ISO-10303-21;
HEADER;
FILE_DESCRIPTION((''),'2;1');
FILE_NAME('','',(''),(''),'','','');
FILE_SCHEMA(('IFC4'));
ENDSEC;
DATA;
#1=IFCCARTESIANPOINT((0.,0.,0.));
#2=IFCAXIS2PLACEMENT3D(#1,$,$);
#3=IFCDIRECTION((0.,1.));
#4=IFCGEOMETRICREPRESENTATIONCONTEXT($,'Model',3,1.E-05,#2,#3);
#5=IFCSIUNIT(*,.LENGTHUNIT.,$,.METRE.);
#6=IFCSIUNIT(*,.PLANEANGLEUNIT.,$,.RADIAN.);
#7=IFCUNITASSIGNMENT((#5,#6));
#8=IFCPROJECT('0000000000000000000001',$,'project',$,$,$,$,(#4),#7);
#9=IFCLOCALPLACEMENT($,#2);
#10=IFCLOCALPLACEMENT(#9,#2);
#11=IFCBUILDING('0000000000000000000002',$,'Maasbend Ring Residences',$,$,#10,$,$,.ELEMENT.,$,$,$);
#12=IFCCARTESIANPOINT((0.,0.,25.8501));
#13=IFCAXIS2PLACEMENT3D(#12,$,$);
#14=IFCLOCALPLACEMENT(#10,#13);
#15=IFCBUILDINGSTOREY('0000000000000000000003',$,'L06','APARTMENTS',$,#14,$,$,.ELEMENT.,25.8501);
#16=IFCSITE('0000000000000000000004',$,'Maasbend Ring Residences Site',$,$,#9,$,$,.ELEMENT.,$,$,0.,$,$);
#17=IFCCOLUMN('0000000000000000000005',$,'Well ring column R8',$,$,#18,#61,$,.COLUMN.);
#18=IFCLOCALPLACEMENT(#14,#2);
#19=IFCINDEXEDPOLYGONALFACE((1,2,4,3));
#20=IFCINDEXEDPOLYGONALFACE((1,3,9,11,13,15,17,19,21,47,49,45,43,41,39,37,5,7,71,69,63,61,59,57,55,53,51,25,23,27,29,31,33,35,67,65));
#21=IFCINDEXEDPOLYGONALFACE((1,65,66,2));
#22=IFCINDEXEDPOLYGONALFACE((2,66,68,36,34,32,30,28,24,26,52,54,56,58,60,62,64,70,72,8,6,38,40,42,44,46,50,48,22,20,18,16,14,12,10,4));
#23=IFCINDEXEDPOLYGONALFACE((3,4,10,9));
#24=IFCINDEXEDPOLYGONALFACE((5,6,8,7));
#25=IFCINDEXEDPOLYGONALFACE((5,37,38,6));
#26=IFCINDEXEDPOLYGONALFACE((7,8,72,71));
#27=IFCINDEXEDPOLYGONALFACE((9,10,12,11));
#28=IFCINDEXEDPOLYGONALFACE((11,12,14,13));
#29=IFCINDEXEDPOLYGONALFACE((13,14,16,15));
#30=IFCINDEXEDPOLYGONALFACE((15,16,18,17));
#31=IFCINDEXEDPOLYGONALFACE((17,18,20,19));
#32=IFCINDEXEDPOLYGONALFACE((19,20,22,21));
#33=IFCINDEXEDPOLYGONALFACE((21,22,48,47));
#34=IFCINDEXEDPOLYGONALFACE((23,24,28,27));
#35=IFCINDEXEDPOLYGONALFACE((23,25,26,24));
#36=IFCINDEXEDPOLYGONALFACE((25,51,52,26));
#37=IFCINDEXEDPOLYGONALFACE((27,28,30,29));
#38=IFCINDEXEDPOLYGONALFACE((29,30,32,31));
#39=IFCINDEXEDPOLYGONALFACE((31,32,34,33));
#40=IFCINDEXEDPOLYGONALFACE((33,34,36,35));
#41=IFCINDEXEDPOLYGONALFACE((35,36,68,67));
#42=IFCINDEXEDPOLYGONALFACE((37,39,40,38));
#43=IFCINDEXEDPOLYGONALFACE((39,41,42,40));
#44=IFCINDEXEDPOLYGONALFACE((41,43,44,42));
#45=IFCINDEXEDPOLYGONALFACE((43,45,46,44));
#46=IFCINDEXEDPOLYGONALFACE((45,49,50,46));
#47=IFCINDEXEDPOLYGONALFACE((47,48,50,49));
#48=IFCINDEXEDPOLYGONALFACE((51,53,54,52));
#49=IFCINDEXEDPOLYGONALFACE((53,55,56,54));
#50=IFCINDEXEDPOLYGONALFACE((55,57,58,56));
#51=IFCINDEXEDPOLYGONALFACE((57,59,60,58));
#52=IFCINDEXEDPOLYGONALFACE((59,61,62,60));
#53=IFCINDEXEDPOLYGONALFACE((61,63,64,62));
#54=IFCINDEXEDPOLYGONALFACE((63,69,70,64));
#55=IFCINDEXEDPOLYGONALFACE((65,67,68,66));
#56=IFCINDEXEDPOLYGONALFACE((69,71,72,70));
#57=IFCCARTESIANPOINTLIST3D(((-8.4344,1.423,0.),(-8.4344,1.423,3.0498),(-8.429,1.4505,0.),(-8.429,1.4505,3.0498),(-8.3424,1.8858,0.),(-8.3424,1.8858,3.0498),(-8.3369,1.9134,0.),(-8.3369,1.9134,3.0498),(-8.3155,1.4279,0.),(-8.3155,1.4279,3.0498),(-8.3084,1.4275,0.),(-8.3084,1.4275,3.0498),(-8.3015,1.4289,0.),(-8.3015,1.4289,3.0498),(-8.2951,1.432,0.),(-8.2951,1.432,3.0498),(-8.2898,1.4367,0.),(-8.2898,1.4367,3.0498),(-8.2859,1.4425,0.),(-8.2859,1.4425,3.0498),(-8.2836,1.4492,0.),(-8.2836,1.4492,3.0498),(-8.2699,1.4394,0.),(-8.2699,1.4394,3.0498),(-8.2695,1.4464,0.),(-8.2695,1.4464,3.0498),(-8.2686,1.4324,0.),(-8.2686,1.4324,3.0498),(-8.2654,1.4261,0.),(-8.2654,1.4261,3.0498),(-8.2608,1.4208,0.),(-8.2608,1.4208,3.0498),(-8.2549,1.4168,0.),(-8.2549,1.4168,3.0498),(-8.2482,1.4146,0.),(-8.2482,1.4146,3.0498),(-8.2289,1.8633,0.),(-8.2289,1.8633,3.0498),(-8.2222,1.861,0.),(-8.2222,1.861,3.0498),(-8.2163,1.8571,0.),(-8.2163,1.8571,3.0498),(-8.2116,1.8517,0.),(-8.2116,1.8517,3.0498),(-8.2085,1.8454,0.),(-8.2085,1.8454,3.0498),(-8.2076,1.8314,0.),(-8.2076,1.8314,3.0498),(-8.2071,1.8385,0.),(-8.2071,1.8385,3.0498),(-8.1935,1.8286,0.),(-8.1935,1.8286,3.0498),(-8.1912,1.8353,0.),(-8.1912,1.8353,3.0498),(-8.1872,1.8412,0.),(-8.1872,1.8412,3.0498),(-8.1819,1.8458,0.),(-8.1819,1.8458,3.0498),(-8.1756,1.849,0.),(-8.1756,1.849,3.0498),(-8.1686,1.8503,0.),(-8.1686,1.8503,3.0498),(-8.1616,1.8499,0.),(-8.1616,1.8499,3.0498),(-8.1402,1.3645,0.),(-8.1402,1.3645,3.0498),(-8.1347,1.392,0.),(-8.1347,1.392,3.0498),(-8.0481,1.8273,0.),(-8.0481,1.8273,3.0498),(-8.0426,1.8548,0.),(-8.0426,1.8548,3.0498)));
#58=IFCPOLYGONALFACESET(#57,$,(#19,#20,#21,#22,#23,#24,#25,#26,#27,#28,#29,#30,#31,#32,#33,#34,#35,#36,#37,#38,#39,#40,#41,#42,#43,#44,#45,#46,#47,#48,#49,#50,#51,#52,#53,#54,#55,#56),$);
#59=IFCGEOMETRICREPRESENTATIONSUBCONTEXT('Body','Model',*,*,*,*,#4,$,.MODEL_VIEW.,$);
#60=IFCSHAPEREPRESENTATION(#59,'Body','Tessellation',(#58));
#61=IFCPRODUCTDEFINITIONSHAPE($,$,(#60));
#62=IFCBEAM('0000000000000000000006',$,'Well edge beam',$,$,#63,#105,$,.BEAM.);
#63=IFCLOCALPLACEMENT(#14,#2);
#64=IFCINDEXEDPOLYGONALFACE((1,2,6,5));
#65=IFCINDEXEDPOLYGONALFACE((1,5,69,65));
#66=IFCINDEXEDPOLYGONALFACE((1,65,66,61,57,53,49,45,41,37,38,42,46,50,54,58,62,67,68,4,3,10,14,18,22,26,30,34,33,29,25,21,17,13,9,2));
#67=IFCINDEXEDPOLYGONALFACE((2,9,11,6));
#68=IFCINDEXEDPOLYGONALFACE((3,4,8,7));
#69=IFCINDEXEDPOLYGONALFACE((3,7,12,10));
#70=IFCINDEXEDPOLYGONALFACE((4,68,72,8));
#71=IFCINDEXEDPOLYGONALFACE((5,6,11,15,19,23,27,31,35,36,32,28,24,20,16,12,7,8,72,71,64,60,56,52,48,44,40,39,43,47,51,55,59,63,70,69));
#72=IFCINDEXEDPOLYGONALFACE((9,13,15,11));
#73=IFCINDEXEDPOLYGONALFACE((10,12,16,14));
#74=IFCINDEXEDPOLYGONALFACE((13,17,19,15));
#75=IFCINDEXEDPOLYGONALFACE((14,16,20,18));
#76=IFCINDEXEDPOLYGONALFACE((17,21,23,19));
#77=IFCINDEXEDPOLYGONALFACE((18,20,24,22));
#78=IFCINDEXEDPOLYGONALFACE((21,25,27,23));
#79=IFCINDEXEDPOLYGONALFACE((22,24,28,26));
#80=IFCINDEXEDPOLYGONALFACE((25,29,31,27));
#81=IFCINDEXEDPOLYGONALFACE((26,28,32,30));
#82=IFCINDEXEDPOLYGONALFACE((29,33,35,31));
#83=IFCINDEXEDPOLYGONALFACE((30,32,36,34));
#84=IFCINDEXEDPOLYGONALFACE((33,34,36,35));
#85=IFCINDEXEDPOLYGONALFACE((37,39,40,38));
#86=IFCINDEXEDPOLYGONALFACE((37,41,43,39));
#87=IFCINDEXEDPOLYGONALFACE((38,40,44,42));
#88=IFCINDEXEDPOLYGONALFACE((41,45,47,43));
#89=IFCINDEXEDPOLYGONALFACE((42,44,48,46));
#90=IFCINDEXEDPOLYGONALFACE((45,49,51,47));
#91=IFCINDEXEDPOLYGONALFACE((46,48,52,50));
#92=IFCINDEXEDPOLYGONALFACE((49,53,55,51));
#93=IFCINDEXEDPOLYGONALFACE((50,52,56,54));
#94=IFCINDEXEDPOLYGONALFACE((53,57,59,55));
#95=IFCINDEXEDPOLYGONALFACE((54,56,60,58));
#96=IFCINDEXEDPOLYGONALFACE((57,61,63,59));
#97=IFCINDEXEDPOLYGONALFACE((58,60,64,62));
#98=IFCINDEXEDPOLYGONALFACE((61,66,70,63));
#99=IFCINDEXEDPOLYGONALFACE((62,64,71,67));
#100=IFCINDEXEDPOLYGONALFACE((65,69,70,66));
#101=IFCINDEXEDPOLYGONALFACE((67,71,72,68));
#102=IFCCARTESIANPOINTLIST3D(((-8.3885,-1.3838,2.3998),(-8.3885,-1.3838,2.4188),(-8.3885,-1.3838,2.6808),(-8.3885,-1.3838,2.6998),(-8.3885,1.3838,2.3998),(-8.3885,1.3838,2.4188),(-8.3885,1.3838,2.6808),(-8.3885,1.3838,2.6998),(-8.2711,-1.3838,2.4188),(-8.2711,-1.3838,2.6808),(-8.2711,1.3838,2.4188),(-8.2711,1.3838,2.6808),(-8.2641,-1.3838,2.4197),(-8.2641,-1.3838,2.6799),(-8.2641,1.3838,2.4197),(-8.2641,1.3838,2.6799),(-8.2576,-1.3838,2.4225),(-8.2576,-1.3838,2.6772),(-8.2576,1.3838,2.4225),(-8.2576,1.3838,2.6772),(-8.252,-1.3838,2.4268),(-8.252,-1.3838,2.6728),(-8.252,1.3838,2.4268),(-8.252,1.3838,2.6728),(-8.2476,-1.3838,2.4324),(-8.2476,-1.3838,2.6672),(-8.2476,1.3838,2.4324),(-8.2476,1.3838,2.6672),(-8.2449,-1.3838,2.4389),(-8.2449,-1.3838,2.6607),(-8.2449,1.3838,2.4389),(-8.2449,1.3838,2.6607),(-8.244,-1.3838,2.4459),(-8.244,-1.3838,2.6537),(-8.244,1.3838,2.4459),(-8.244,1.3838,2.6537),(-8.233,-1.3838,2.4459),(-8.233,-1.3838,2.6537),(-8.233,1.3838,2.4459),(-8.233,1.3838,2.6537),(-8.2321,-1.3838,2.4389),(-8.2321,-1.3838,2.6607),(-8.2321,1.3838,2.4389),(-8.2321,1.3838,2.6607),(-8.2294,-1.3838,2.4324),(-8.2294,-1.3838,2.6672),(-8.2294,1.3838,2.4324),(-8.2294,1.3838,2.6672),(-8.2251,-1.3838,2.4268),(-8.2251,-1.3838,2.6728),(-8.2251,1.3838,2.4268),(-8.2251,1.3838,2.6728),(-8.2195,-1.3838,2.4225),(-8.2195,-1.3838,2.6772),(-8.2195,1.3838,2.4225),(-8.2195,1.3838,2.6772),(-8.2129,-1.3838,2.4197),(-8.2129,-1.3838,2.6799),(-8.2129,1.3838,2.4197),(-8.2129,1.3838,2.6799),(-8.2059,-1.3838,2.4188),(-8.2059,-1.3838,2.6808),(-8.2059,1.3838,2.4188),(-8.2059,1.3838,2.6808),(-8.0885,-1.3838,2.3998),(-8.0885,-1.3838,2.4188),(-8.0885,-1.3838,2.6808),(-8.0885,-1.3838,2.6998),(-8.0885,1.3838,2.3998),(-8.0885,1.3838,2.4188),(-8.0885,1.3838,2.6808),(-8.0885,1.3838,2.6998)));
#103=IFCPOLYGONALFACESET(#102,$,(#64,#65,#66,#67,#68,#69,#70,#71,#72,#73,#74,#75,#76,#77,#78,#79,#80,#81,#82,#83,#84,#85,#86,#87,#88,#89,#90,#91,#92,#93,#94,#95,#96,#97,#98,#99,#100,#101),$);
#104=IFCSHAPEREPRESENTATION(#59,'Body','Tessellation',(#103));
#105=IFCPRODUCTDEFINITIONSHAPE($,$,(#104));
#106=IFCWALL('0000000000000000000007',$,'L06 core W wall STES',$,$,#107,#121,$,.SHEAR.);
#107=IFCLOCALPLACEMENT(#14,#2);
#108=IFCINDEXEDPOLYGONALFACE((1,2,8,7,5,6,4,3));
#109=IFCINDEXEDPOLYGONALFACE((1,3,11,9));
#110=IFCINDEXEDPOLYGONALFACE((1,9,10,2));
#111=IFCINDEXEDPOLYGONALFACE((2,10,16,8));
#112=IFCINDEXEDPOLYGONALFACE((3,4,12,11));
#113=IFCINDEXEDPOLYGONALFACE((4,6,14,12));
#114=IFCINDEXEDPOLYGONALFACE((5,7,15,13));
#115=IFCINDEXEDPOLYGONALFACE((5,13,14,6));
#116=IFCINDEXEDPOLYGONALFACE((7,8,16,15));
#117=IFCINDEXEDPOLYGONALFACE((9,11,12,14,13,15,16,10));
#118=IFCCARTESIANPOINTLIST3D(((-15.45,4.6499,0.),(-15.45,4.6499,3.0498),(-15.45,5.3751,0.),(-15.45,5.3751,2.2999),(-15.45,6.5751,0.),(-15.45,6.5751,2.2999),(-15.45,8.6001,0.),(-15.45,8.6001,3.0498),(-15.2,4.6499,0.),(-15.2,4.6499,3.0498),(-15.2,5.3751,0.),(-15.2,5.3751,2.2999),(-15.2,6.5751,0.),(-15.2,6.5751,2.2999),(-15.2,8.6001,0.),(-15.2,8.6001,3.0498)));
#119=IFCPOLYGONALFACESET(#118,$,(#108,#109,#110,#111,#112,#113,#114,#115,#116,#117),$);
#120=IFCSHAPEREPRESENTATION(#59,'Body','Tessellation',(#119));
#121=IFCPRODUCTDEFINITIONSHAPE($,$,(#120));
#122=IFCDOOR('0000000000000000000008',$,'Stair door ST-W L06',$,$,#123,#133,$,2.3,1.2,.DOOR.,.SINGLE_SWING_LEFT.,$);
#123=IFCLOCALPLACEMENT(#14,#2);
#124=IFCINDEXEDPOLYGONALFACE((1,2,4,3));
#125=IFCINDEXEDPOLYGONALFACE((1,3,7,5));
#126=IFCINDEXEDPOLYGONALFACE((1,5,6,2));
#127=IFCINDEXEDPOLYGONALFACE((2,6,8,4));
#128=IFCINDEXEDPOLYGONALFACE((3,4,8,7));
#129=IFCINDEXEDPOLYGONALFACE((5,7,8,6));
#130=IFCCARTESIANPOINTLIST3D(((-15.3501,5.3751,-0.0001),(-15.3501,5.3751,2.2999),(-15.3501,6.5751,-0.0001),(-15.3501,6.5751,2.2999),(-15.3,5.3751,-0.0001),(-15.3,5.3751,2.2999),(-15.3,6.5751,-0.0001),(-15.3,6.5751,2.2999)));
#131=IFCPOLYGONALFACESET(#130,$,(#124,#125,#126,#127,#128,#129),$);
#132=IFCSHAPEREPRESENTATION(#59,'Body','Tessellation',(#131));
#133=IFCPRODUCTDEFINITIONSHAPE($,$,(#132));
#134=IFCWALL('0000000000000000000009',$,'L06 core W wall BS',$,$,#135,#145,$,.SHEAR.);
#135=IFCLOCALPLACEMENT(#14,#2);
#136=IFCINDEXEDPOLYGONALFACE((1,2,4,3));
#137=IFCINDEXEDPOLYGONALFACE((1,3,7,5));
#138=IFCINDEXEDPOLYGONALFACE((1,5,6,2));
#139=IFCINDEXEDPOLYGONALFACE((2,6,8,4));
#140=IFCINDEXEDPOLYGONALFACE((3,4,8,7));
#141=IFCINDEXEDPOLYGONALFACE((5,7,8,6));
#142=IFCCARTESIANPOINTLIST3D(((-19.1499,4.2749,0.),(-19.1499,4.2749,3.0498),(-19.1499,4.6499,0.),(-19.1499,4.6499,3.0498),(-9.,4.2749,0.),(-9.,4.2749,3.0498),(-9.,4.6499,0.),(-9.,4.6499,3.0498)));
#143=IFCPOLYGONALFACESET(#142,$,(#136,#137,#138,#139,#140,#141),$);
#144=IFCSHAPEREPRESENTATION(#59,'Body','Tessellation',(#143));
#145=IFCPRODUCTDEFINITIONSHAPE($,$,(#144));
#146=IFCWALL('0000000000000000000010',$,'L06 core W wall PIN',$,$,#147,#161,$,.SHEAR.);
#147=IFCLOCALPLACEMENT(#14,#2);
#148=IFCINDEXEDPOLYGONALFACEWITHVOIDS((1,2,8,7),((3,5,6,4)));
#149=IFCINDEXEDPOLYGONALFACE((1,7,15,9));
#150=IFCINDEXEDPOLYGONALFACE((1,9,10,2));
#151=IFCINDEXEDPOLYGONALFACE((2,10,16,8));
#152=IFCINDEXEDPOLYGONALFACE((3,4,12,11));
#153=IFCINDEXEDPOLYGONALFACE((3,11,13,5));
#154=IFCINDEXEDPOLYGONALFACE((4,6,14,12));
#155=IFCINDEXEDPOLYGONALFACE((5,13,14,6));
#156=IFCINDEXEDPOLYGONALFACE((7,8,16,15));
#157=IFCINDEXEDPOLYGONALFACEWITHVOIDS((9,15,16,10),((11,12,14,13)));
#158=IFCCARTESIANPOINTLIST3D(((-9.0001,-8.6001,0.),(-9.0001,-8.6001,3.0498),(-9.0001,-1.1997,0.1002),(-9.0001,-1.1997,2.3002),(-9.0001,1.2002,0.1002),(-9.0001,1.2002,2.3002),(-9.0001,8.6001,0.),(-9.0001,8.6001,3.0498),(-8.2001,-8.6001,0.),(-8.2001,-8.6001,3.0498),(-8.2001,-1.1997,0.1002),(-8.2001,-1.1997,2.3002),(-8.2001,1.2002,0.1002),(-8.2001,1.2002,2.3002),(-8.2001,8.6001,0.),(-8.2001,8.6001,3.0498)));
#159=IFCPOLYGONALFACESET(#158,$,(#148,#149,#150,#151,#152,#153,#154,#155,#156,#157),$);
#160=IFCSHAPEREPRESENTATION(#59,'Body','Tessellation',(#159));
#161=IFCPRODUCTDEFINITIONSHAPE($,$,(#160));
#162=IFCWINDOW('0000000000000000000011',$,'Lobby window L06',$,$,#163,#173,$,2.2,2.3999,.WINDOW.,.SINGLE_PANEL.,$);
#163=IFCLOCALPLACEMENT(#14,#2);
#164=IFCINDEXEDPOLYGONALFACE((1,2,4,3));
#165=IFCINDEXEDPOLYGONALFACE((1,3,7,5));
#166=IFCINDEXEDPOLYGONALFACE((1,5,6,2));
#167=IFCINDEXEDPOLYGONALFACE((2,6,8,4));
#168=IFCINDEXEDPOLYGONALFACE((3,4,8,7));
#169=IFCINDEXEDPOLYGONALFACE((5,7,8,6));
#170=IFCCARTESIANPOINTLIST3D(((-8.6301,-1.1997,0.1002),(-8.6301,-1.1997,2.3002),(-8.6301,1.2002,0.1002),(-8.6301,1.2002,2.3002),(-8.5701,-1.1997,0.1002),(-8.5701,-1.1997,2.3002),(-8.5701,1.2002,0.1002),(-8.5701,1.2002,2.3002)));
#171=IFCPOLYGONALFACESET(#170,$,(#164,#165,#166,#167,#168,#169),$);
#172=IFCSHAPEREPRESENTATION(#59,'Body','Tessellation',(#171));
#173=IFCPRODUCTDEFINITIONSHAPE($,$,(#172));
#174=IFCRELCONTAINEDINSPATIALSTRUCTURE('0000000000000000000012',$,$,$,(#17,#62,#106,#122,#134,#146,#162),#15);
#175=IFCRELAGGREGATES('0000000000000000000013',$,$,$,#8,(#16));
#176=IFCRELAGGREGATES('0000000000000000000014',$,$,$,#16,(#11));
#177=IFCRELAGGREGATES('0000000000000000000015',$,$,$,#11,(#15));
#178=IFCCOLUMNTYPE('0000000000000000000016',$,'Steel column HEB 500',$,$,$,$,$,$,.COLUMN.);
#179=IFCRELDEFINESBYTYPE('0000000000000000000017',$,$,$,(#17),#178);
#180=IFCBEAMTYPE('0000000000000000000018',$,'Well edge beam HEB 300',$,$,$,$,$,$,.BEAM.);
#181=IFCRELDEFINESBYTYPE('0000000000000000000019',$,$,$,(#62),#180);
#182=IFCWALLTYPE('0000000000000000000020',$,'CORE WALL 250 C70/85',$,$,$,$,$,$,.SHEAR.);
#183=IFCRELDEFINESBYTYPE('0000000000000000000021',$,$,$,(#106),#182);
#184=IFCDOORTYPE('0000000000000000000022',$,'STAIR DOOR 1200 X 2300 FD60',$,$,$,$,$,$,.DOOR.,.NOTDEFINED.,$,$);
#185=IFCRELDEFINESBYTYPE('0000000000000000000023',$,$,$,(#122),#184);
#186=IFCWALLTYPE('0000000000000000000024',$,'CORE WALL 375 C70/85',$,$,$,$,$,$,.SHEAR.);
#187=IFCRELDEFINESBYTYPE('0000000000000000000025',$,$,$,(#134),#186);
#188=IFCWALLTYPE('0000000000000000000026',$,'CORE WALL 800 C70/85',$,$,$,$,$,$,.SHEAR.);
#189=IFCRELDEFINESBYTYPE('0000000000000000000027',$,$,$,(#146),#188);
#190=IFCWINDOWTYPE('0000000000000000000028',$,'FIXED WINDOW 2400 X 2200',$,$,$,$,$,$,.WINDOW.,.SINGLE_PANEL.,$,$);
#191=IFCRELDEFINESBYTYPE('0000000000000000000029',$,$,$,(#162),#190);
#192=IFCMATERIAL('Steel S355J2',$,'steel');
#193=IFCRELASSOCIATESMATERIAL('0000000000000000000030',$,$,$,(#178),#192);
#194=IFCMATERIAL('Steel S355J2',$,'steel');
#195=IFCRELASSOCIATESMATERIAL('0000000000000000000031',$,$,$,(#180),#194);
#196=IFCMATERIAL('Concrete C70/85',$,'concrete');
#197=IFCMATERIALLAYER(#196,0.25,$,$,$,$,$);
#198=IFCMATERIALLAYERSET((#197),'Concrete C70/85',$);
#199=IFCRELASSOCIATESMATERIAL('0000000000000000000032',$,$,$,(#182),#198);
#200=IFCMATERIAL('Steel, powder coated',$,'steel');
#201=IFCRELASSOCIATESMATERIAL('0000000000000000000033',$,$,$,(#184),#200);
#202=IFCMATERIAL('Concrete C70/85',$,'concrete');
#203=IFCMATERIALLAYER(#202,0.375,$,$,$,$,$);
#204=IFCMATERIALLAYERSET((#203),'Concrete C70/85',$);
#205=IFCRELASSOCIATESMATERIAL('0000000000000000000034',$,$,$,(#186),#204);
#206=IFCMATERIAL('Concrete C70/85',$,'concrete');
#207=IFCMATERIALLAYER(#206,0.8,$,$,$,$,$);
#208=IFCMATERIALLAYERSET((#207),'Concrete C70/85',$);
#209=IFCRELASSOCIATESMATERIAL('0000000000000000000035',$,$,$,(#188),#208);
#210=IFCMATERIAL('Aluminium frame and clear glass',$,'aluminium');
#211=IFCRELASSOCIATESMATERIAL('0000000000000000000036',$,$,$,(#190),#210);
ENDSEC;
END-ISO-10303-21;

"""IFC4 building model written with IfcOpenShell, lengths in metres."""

from ifc_helpers import new_model, si_unit, direction, frame, frame_2d, origin, origin_2d, place, context, subcontext, project, spatial, rectangle, i_section, extrude, material, layer, layer_set, material_profile, profile_set, type_object, element, fill, save


model = new_model("IFC4")

# Units and contexts
model_context = context("Model", 3, precision=1e-05, world=origin(), true_north=direction((0.0, 1.0)))
body_context = subcontext(model_context, "Body", "Model", "MODEL_VIEW")
ifc_project = project(units=[si_unit("LENGTHUNIT", "METRE"), si_unit("PLANEANGLEUNIT", "RADIAN")], contexts=[model_context])

# Site, building, storey
site_placement = place(None, origin())
site = spatial("IfcSite", under=ifc_project, at=site_placement, Name="Maasbend Ring Residences Site", CompositionType="ELEMENT", RefElevation=0.0)
building_placement = place(site_placement, origin())
building = spatial("IfcBuilding", under=site, at=building_placement, Name="Maasbend Ring Residences", CompositionType="ELEMENT")
storey_placement = place(building_placement, frame((0.0, 0.0, 25.8501)))
storey = spatial("IfcBuildingStorey", under=building, at=storey_placement, Name="L06", Description="APARTMENTS", CompositionType="ELEMENT", Elevation=25.8501)

# Column
ifc_material_1 = material(Name="Steel S355J2", Category="steel")
ifc_material_profile_1 = material_profile(ifc_material_1, i_section(OverallWidth=0.3, OverallDepth=0.5, WebThickness=0.0144, FlangeThickness=0.0281, FilletRadius=0.0271, at=origin_2d()), Name="HEB 500")
ifc_profile_set_1 = profile_set([ifc_material_profile_1], Name="Steel S355J2")
column_type = type_object("IfcColumnType", Name="Steel column HEB 500", PredefinedType="COLUMN", material=ifc_profile_set_1)
column_placement = place(storey_placement, frame((-8.2385, 1.6389, 0.0), z_axis=(0.0, 0.0, 1.0), x_axis=(-0.980785, 0.19509, 0.0)))
element("IfcColumn", 1, at=column_placement, inside=storey, type_object=column_type, Name="Well ring column R8", PredefinedType="COLUMN", context=body_context, shape_type="SweptSolid", body=[
    extrude(i_section(OverallWidth=0.3, OverallDepth=0.5, WebThickness=0.0144, FlangeThickness=0.0281, FilletRadius=0.0271, at=origin_2d()), origin(), (0.0, 0.0, 1.0), 3.0498),
])

# Beam
ifc_material_2 = material(Name="Steel S355J2", Category="steel")
ifc_material_profile_2 = material_profile(ifc_material_2, i_section(OverallWidth=0.3, OverallDepth=0.3, WebThickness=0.011, FlangeThickness=0.019, FilletRadius=0.0271, at=origin_2d()), Name="HEB 300")
ifc_profile_set_2 = profile_set([ifc_material_profile_2], Name="Steel S355J2")
beam_type = type_object("IfcBeamType", Name="Well edge beam HEB 300", PredefinedType="BEAM", material=ifc_profile_set_2)
beam_placement = place(storey_placement, frame((-8.2385, 1.3838, 2.5498), z_axis=(0.0, -1.0, 0.0), x_axis=(1.0, 0.0, 0.0)))
element("IfcBeam", 2, at=beam_placement, inside=storey, type_object=beam_type, Name="Well edge beam", PredefinedType="BEAM", context=body_context, shape_type="SweptSolid", body=[
    extrude(i_section(OverallWidth=0.3, OverallDepth=0.3, WebThickness=0.011, FlangeThickness=0.019, FilletRadius=0.0271, at=origin_2d()), origin(), (0.0, 0.0, 1.0), 2.7676),
])

# Wall, opening, door
ifc_material_3 = material(Name="Concrete C70/85", Category="concrete")
ifc_layer_1 = layer(ifc_material_3, 0.25)
ifc_layer_set_1 = layer_set([ifc_layer_1], Name="Concrete C70/85")
wall_type_1 = type_object("IfcWallType", Name="CORE WALL 250 C70/85", PredefinedType="SHEAR", material=ifc_layer_set_1)
wall_1_placement = place(storey_placement, frame((-15.325, 8.6001, 0.0), z_axis=(0.0, 0.0, 1.0), x_axis=(0.0, -1.0, 0.0)))
wall_1 = element("IfcWall", 3, at=wall_1_placement, inside=storey, type_object=wall_type_1, Name="L06 core W wall STES", PredefinedType="SHEAR", context=body_context, shape_type="SweptSolid", body=[
    extrude(rectangle(XDim=3.9502, YDim=0.25, at=frame_2d((1.9751, 0.0))), origin(), (0.0, 0.0, 1.0), 3.0498),
])
opening_1_placement = place(wall_1_placement, frame((2.0249, 0.0, 0.0)))
opening_1 = element("IfcOpeningElement", 4, at=opening_1_placement, cuts=wall_1, PredefinedType="OPENING", context=body_context, shape_type="SweptSolid", body=[
    extrude(rectangle(XDim=1.2, YDim=2.3, at=frame_2d((0.6001, 1.1499))), frame((0.0, 0.135, 0.0), z_axis=(0.0, -1.0, 0.0), x_axis=(1.0, 0.0, 0.0)), (0.0, 0.0, 1.0), 0.27),
])
ifc_material_4 = material(Name="Steel, powder coated", Category="steel")
door_type_1 = type_object("IfcDoorType", Name="STAIR DOOR 1200 X 2300 FD60", OperationType="NOTDEFINED", PredefinedType="DOOR", material=ifc_material_4)
door_1_placement = place(opening_1_placement, origin())
door_1 = element("IfcDoor", 5, at=door_1_placement, inside=storey, type_object=door_type_1, Name="Stair door ST-W L06", OperationType="SINGLE_SWING_LEFT", OverallHeight=2.3, OverallWidth=1.2, PredefinedType="DOOR", context=body_context, shape_type="SweptSolid", body=[
    extrude(rectangle(XDim=1.2, YDim=2.3, at=frame_2d((0.6001, 1.1499))), frame((0.0, 0.0249, 0.0), z_axis=(0.0, -1.0, 0.0), x_axis=(1.0, 0.0, 0.0)), (0.0, 0.0, 1.0), 0.05),
])
fill(opening_1, door_1)

# Wall
ifc_material_5 = material(Name="Concrete C70/85", Category="concrete")
ifc_layer_2 = layer(ifc_material_5, 0.375)
ifc_layer_set_2 = layer_set([ifc_layer_2], Name="Concrete C70/85")
wall_type_2 = type_object("IfcWallType", Name="CORE WALL 375 C70/85", PredefinedType="SHEAR", material=ifc_layer_set_2)
wall_2_placement = place(storey_placement, frame((-9.0, 4.4624, 0.0), z_axis=(0.0, 0.0, 1.0), x_axis=(-1.0, 0.0, 0.0)))
element("IfcWall", 6, at=wall_2_placement, inside=storey, type_object=wall_type_2, Name="L06 core W wall BS", PredefinedType="SHEAR", context=body_context, shape_type="SweptSolid", body=[
    extrude(rectangle(XDim=10.1499, YDim=0.375, at=frame_2d((5.075, 0.0))), origin(), (0.0, 0.0, 1.0), 3.0498),
])

# Wall, opening, window
ifc_material_6 = material(Name="Concrete C70/85", Category="concrete")
ifc_layer_3 = layer(ifc_material_6, 0.8)
ifc_layer_set_3 = layer_set([ifc_layer_3], Name="Concrete C70/85")
wall_type_3 = type_object("IfcWallType", Name="CORE WALL 800 C70/85", PredefinedType="SHEAR", material=ifc_layer_set_3)
wall_3_placement = place(storey_placement, frame((-8.6001, 8.6001, 0.0), z_axis=(0.0, 0.0, 1.0), x_axis=(0.0, -1.0, 0.0)))
wall_3 = element("IfcWall", 7, at=wall_3_placement, inside=storey, type_object=wall_type_3, Name="L06 core W wall PIN", PredefinedType="SHEAR", context=body_context, shape_type="SweptSolid", body=[
    extrude(rectangle(XDim=17.2002, YDim=0.8, at=frame_2d((8.6001, 0.0))), origin(), (0.0, 0.0, 1.0), 3.0498),
])
opening_2_placement = place(wall_3_placement, frame((7.3999, 0.0, 0.1001)))
opening_2 = element("IfcOpeningElement", 8, at=opening_2_placement, cuts=wall_3, PredefinedType="OPENING", context=body_context, shape_type="SweptSolid", body=[
    extrude(rectangle(XDim=2.3999, YDim=2.2, at=frame_2d((1.2, 1.1001))), frame((0.0, 0.4102, 0.0), z_axis=(0.0, -1.0, 0.0), x_axis=(1.0, 0.0, 0.0)), (0.0, 0.0, 1.0), 0.8201),
])
ifc_material_7 = material(Name="Aluminium frame and clear glass", Category="aluminium")
window_type = type_object("IfcWindowType", Name="FIXED WINDOW 2400 X 2200", PartitioningType="SINGLE_PANEL", PredefinedType="WINDOW", material=ifc_material_7)
window_placement = place(opening_2_placement, origin())
window = element("IfcWindow", 9, at=window_placement, inside=storey, type_object=window_type, Name="Lobby window L06", OverallHeight=2.2, OverallWidth=2.3999, PartitioningType="SINGLE_PANEL", PredefinedType="WINDOW", context=body_context, shape_type="SweptSolid", body=[
    extrude(rectangle(XDim=2.3999, YDim=2.2, at=frame_2d((1.2, 1.1001))), frame((0.0, 0.03, 0.0), z_axis=(0.0, -1.0, 0.0), x_axis=(1.0, 0.0, 0.0)), (0.0, 0.0, 1.0), 0.0601),
])
fill(opening_2, window)

save(model, "model.ifc")
